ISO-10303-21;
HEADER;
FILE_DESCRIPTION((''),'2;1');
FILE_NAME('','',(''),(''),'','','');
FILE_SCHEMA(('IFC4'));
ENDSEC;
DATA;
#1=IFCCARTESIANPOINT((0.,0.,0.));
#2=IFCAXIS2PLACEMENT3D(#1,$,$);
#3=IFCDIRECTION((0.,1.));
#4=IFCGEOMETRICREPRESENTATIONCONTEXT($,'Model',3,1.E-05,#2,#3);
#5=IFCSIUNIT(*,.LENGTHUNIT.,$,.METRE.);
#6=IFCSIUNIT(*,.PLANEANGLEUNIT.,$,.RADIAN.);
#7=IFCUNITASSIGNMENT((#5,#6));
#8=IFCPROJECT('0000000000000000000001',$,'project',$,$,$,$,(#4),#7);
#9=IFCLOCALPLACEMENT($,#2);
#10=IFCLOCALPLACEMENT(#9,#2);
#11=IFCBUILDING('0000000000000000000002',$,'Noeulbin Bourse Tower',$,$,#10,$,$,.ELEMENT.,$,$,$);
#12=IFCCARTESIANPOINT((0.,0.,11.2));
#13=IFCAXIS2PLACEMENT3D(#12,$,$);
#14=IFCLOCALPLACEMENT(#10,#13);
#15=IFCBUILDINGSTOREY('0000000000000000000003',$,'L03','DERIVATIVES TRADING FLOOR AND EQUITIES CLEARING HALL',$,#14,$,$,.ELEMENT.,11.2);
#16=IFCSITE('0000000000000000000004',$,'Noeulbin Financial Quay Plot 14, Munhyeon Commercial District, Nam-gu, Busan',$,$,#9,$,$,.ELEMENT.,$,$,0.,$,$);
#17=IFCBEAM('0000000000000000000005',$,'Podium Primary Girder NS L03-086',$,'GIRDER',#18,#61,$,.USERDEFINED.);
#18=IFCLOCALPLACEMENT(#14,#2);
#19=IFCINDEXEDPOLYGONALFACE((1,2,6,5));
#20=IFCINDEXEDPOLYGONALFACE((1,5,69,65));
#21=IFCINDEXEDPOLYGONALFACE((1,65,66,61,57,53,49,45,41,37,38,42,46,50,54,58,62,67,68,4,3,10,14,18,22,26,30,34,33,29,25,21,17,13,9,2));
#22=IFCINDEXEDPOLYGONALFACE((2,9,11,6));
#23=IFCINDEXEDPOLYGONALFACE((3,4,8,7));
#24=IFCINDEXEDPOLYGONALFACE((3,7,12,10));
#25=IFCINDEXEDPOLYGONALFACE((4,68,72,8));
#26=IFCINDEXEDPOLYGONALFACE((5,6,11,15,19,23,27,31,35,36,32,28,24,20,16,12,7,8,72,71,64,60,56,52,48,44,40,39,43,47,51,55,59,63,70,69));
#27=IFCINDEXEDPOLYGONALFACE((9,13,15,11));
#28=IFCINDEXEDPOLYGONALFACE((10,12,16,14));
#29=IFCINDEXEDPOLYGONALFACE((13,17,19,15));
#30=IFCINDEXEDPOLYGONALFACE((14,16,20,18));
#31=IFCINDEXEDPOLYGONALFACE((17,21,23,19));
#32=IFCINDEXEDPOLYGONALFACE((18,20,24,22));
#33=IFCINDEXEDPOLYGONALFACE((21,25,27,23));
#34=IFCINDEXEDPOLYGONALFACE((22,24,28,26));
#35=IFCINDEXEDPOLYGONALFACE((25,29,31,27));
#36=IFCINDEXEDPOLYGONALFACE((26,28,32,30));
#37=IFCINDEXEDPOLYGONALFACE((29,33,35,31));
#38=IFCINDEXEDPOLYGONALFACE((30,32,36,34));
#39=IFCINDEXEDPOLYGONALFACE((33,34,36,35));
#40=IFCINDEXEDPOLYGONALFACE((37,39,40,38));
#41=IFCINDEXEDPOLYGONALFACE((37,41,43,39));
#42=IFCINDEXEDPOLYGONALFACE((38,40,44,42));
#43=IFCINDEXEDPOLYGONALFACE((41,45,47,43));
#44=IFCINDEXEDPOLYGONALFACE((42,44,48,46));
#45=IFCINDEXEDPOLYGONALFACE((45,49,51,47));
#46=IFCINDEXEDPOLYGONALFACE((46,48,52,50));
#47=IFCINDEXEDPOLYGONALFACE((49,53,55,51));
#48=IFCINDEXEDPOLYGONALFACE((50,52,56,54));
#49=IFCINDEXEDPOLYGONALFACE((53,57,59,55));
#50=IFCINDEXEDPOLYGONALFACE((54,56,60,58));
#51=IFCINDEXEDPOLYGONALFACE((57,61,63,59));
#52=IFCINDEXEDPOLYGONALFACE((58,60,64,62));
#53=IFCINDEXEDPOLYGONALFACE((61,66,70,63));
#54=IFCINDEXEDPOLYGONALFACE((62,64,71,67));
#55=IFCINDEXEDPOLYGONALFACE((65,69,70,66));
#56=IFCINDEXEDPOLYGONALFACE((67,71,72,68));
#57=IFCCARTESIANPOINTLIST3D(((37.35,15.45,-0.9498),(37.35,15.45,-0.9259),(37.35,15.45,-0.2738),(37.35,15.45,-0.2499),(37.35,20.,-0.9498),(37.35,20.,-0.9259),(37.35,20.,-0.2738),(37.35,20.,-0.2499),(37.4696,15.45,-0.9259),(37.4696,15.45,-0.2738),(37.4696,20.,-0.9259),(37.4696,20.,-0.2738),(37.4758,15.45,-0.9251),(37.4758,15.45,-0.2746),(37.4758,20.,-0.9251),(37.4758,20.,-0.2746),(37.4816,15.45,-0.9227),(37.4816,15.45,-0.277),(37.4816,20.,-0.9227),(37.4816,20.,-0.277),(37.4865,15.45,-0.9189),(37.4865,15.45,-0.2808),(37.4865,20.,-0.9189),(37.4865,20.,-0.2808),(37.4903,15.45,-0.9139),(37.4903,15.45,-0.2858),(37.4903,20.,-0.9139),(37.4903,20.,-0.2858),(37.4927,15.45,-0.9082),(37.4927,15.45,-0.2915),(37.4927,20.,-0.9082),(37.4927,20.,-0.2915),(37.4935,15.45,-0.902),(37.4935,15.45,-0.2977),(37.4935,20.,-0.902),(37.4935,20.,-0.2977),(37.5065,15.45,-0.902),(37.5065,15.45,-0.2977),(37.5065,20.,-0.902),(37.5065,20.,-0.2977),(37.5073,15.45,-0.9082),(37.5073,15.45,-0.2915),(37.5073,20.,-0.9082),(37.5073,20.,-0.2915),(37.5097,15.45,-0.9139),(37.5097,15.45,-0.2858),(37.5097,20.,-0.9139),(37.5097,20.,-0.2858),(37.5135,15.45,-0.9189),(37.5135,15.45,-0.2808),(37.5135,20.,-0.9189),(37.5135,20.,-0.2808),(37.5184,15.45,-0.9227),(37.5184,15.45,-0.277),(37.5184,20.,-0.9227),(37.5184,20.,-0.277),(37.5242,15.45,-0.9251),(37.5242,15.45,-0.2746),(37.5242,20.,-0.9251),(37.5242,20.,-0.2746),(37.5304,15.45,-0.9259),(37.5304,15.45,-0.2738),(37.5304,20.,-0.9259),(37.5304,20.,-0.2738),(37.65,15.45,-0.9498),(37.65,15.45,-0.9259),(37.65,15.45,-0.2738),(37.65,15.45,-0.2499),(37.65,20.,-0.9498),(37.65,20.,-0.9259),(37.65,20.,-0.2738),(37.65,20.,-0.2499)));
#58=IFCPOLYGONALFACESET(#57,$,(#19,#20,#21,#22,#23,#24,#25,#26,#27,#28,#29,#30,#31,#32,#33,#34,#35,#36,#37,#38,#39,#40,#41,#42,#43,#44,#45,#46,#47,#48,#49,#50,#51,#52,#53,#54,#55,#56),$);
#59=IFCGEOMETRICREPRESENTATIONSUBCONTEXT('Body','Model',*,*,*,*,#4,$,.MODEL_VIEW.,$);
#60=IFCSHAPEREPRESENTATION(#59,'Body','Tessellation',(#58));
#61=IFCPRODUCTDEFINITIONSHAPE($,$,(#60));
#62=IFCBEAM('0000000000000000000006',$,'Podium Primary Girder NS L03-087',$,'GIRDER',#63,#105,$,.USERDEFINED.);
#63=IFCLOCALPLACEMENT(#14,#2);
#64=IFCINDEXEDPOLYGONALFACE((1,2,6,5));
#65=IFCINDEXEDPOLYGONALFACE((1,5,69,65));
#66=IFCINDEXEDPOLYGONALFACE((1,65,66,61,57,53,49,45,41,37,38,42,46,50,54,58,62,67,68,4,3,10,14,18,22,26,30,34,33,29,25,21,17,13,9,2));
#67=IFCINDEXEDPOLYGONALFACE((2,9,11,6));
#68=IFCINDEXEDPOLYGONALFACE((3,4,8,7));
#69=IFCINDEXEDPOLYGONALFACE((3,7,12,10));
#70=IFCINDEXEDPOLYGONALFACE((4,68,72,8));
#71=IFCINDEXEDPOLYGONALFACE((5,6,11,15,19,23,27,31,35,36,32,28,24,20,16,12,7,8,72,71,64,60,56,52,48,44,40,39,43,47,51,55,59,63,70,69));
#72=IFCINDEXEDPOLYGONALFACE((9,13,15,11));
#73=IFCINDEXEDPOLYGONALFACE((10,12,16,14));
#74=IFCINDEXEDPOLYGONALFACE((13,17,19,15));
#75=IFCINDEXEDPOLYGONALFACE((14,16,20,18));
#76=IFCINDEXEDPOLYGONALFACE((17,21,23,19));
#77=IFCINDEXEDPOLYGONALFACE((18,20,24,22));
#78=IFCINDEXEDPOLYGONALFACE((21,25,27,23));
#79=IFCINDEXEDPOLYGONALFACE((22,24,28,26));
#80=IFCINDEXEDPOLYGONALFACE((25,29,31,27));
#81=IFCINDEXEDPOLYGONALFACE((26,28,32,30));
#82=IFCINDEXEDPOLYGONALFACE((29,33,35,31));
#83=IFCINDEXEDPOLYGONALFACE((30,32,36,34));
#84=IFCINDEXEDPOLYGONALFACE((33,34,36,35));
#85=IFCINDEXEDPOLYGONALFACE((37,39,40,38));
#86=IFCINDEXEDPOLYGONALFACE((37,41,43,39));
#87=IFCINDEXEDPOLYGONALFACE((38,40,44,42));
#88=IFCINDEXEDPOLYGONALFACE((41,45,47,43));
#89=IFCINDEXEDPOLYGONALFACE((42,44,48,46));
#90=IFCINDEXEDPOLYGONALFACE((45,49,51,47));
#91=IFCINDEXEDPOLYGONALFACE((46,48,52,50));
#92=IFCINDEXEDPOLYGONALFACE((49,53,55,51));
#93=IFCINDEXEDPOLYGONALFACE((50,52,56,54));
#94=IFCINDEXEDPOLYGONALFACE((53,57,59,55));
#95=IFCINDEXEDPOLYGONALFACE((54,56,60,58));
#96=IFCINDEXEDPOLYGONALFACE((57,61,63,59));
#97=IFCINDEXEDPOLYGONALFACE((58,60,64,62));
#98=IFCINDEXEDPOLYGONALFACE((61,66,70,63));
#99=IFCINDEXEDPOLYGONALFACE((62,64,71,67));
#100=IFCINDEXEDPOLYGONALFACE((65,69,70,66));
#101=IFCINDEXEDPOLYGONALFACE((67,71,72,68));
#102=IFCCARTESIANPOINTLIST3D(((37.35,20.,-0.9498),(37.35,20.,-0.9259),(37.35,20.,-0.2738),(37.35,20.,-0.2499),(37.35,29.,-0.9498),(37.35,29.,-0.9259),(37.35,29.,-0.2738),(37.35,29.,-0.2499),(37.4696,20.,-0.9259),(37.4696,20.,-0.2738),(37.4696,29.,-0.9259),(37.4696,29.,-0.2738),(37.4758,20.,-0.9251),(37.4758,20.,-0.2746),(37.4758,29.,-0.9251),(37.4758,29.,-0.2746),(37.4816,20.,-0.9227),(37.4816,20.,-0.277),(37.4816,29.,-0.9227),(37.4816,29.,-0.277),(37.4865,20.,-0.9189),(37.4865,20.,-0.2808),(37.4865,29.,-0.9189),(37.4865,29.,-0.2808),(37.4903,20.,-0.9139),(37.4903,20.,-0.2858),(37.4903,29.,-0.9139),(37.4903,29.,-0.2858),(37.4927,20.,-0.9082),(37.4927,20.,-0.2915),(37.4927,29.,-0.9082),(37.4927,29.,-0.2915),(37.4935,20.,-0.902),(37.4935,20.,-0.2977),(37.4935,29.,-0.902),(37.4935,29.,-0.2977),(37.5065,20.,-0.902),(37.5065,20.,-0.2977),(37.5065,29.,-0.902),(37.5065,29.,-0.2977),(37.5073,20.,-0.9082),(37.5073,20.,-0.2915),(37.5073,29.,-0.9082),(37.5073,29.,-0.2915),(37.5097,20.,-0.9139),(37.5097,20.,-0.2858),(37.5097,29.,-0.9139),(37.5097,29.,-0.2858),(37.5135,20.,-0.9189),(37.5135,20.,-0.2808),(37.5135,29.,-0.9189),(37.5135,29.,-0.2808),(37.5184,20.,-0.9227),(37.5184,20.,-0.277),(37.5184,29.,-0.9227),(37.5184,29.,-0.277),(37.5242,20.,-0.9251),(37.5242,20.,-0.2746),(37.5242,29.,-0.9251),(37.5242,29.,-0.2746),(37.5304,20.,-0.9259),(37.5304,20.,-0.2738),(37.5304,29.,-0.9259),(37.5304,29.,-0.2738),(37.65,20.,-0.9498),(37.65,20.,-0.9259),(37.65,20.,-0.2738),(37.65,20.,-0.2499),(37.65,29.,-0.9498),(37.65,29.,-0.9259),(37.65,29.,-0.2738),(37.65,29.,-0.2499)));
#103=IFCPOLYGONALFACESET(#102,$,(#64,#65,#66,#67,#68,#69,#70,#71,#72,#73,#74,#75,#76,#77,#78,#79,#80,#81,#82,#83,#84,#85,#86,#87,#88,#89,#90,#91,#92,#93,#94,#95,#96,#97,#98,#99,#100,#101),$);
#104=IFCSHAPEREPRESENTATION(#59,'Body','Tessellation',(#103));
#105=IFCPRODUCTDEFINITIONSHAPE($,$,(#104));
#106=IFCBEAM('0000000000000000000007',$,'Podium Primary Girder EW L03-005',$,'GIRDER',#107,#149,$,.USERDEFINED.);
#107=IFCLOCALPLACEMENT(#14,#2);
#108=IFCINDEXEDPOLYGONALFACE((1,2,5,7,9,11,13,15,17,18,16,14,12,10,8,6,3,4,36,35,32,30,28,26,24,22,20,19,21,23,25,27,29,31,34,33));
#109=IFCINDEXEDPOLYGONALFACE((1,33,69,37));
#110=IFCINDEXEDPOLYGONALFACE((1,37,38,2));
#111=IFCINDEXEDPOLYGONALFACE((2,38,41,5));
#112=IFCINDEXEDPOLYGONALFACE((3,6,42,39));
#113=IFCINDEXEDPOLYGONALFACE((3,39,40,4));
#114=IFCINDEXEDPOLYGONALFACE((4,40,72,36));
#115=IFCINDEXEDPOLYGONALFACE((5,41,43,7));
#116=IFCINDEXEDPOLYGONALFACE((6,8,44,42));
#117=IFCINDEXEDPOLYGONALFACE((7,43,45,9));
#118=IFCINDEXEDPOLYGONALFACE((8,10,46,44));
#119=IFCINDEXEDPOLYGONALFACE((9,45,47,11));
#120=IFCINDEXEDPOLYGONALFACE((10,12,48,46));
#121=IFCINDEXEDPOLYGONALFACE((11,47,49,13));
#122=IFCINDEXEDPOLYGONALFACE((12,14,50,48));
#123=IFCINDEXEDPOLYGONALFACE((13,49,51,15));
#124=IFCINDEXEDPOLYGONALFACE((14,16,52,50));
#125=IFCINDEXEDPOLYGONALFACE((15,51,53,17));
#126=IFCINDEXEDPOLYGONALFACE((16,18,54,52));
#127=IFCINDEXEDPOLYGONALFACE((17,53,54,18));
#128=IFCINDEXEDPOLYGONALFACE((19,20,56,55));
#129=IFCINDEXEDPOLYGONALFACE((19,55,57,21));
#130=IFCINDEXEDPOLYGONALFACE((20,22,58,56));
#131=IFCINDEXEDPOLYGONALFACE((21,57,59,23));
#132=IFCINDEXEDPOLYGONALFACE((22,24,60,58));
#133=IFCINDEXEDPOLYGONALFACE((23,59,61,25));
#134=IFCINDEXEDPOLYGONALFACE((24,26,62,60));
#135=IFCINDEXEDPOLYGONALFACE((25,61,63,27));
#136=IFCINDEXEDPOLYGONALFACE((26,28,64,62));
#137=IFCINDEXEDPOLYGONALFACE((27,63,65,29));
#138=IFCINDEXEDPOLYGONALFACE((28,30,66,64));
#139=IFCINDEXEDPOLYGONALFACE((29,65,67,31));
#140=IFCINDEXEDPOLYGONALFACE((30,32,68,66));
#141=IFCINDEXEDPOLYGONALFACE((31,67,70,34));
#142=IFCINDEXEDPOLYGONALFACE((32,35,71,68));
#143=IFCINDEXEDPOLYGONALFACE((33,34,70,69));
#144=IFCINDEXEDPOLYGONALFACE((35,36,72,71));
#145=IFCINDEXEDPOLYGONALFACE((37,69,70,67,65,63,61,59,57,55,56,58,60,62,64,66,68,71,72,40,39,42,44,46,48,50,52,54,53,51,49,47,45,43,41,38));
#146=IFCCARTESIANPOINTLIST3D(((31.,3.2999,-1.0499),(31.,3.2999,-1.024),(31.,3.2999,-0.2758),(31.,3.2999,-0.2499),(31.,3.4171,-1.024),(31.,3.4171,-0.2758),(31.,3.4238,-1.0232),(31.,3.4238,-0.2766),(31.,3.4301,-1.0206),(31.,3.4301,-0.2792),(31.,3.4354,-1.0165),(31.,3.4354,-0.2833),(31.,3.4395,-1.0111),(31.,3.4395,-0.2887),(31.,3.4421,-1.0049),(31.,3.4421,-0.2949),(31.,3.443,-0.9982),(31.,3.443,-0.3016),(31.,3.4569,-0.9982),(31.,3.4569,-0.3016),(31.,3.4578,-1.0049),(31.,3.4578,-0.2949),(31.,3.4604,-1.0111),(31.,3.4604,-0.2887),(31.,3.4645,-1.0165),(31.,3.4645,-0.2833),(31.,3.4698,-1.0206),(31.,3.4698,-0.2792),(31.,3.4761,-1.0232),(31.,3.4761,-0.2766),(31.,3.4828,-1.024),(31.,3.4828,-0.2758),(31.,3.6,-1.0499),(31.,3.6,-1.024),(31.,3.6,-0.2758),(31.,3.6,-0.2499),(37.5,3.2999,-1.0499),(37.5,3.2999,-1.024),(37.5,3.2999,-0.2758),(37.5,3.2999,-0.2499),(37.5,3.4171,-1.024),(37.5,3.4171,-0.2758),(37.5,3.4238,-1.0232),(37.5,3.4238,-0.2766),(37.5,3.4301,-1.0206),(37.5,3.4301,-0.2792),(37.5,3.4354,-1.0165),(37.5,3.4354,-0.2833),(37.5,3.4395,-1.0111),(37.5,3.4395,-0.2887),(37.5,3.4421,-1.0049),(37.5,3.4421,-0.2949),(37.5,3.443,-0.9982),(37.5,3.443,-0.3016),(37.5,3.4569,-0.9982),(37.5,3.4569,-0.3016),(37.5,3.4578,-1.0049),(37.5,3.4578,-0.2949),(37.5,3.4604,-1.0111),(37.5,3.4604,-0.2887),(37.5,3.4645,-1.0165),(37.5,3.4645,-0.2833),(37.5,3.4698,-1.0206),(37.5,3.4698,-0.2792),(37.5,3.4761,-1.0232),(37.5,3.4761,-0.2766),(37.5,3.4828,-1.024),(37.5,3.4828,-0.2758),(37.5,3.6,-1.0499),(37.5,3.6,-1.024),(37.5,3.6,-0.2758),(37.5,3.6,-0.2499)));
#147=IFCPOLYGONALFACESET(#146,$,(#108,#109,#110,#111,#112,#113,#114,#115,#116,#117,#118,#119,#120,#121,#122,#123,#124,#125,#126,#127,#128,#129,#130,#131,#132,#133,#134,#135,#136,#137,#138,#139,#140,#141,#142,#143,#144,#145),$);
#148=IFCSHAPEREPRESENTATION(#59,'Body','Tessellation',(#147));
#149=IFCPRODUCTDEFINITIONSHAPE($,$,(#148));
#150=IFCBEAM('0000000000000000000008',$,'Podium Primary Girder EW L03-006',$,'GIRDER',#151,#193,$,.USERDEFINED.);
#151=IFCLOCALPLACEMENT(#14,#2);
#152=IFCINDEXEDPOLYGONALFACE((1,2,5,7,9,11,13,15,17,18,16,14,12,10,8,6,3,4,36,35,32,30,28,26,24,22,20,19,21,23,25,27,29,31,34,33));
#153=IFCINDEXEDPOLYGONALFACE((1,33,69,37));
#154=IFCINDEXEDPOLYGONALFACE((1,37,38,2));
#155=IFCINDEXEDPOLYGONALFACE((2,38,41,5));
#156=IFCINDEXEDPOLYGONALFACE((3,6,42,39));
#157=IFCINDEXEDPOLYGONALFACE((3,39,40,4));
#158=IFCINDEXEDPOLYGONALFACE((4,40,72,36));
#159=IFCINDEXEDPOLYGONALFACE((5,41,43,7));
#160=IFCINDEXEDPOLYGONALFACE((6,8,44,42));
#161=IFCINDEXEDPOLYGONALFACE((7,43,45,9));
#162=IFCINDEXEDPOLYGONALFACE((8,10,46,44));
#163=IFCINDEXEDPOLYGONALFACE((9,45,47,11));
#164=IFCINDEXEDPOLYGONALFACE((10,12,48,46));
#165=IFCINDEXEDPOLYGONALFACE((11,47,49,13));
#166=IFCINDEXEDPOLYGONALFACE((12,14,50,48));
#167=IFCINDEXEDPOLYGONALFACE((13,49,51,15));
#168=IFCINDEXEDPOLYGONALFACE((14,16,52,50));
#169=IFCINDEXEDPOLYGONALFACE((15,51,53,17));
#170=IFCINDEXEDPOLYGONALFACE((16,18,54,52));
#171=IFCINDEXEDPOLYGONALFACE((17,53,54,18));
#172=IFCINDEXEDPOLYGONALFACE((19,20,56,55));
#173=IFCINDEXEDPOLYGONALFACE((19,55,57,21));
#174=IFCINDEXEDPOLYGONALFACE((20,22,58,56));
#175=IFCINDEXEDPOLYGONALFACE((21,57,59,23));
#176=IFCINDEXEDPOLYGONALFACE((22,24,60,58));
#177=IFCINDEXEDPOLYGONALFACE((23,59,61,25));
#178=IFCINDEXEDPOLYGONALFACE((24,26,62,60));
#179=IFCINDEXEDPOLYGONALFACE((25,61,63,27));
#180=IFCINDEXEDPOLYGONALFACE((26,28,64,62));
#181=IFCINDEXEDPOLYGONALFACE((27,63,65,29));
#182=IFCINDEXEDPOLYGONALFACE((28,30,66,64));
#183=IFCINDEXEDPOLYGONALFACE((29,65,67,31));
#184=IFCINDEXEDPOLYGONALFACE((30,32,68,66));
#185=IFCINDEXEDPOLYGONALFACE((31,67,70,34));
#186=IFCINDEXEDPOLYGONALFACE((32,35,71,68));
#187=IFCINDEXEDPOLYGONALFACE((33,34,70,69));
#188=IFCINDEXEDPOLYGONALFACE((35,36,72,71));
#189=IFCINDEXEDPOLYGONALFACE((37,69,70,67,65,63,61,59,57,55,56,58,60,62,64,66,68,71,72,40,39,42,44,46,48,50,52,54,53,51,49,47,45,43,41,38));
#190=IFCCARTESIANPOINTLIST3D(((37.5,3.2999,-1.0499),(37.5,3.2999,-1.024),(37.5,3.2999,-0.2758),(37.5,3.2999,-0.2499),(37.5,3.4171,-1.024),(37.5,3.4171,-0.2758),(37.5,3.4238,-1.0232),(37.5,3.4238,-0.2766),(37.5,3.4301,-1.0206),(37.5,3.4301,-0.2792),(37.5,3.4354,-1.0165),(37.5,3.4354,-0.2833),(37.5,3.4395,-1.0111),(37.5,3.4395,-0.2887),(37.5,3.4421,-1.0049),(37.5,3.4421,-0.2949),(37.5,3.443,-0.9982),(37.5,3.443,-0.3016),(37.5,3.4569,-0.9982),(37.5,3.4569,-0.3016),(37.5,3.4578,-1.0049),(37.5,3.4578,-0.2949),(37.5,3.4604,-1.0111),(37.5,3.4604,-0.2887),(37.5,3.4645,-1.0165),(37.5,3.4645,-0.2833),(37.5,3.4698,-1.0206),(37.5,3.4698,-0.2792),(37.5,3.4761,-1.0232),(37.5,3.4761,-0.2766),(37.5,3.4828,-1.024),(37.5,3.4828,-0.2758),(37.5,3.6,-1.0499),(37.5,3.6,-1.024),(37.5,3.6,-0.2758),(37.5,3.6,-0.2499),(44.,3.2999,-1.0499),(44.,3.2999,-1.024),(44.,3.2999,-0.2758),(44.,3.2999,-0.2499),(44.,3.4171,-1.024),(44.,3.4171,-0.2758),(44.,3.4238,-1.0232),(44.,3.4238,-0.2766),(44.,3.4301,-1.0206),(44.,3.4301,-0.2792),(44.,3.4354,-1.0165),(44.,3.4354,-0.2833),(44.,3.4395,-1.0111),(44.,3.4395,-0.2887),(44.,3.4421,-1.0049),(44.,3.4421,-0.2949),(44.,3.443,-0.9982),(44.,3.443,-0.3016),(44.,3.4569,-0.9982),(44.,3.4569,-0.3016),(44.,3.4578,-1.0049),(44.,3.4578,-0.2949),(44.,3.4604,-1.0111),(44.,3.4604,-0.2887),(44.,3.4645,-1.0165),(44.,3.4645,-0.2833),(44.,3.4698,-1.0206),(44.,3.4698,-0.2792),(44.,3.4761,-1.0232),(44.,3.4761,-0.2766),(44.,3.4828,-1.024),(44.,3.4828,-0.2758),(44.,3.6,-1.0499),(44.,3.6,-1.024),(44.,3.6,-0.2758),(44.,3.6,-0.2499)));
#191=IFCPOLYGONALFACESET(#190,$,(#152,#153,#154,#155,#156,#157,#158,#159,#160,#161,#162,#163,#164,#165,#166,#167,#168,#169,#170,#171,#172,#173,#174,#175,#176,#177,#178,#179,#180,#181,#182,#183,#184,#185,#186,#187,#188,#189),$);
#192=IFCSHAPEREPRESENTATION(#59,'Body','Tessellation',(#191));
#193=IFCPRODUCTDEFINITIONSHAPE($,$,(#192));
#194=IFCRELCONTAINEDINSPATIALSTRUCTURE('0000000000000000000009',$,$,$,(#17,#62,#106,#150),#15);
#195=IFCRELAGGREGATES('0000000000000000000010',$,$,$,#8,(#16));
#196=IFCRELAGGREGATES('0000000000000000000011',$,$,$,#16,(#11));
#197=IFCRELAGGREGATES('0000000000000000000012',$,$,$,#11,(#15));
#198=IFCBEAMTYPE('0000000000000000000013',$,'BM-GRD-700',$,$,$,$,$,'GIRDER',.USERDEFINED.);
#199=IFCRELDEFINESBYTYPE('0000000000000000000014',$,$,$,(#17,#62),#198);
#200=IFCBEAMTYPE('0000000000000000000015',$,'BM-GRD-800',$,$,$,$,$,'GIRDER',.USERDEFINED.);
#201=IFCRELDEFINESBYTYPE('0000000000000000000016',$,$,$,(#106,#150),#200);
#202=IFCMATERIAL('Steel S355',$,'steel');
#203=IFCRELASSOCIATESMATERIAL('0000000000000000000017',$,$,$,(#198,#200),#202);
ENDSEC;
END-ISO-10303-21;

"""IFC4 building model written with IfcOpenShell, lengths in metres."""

from ifc_helpers import new_model, si_unit, direction, frame, origin, origin_2d, place, context, subcontext, project, spatial, i_section, extrude, material, material_profile, profile_set, type_object, element, save


model = new_model("IFC4")

# Units and contexts
model_context = context("Model", 3, precision=1e-05, world=origin(), true_north=direction((0.0, 1.0)))
body_context = subcontext(model_context, "Body", "Model", "MODEL_VIEW")
ifc_project = project(units=[si_unit("LENGTHUNIT", "METRE"), si_unit("PLANEANGLEUNIT", "RADIAN")], contexts=[model_context])

# Site, building, storey
site_placement = place(None, origin())
site = spatial("IfcSite", under=ifc_project, at=site_placement, Name="Noeulbin Financial Quay Plot 14, Munhyeon Commercial District, Nam-gu, Busan", CompositionType="ELEMENT", RefElevation=0.0)
building_placement = place(site_placement, origin())
building = spatial("IfcBuilding", under=site, at=building_placement, Name="Noeulbin Bourse Tower", CompositionType="ELEMENT")
storey_placement = place(building_placement, frame((0.0, 0.0, 11.2)))
storey = spatial("IfcBuildingStorey", under=building, at=storey_placement, Name="L03", Description="DERIVATIVES TRADING FLOOR AND EQUITIES CLEARING HALL", CompositionType="ELEMENT", Elevation=11.2)

# Beams
ifc_material_1 = material(Name="Steel S355", Category="steel")
ifc_material_profile_1 = material_profile(ifc_material_1, i_section(OverallWidth=0.3, OverallDepth=0.7, WebThickness=0.0129, FlangeThickness=0.0239, FilletRadius=0.0239, at=origin_2d()), Name="H-700x300x13x24", Category="LoadBearing")
ifc_profile_set_1 = profile_set([ifc_material_profile_1], Name="Steel S355")
beam_type_1 = type_object("IfcBeamType", Name="BM-GRD-700", ElementType="GIRDER", PredefinedType="USERDEFINED", material=ifc_profile_set_1)
beam_1_placement = place(storey_placement, frame((37.5, 15.45, -0.5999), z_axis=(0.0, 1.0, 0.0), x_axis=(-1.0, 0.0, 0.0)))
element("IfcBeam", 1, at=beam_1_placement, inside=storey, type_object=beam_type_1, Name="Podium Primary Girder NS L03-086", ObjectType="GIRDER", PredefinedType="USERDEFINED", context=body_context, shape_type="SweptSolid", body=[
    extrude(i_section(OverallWidth=0.3, OverallDepth=0.7, WebThickness=0.0129, FlangeThickness=0.0239, FilletRadius=0.0239, at=origin_2d()), origin(), (0.0, 0.0, 1.0), 4.55),
])
beam_2_placement = place(storey_placement, frame((37.5, 20.0, -0.5999), z_axis=(0.0, 1.0, 0.0), x_axis=(-1.0, 0.0, 0.0)))
element("IfcBeam", 2, at=beam_2_placement, inside=storey, type_object=beam_type_1, Name="Podium Primary Girder NS L03-087", ObjectType="GIRDER", PredefinedType="USERDEFINED", context=body_context, shape_type="SweptSolid", body=[
    extrude(i_section(OverallWidth=0.3, OverallDepth=0.7, WebThickness=0.0129, FlangeThickness=0.0239, FilletRadius=0.0239, at=origin_2d()), origin(), (0.0, 0.0, 1.0), 9.0),
])
ifc_material_profile_2 = material_profile(ifc_material_1, i_section(OverallWidth=0.3, OverallDepth=0.8, WebThickness=0.0139, FlangeThickness=0.0259, FilletRadius=0.0259, at=origin_2d()), Name="H-800x300x14x26", Category="LoadBearing")
ifc_profile_set_2 = profile_set([ifc_material_profile_2], Name="Steel S355")
beam_type_2 = type_object("IfcBeamType", Name="BM-GRD-800", ElementType="GIRDER", PredefinedType="USERDEFINED", material=ifc_profile_set_2)
for number, where, z_axis, x_axis, name in (
    (3, (31.0, 3.45, -0.6499), (1.0, 0.0, 0.0), (0.0, 1.0, 0.0), "Podium Primary Girder EW L03-005"),
    (4, (37.5, 3.45, -0.6499), (1.0, 0.0, 0.0), (0.0, 1.0, 0.0), "Podium Primary Girder EW L03-006"),
):
    element("IfcBeam", number, at=place(storey_placement, frame(where, z_axis=z_axis, x_axis=x_axis)), inside=storey, type_object=beam_type_2, Name=name, ObjectType="GIRDER", PredefinedType="USERDEFINED", context=body_context, shape_type="SweptSolid", body=[
        extrude(i_section(OverallWidth=0.3, OverallDepth=0.8, WebThickness=0.0139, FlangeThickness=0.0259, FilletRadius=0.0259, at=origin_2d()), origin(), (0.0, 0.0, 1.0), 6.5),
    ])

save(model, "model.ifc")
